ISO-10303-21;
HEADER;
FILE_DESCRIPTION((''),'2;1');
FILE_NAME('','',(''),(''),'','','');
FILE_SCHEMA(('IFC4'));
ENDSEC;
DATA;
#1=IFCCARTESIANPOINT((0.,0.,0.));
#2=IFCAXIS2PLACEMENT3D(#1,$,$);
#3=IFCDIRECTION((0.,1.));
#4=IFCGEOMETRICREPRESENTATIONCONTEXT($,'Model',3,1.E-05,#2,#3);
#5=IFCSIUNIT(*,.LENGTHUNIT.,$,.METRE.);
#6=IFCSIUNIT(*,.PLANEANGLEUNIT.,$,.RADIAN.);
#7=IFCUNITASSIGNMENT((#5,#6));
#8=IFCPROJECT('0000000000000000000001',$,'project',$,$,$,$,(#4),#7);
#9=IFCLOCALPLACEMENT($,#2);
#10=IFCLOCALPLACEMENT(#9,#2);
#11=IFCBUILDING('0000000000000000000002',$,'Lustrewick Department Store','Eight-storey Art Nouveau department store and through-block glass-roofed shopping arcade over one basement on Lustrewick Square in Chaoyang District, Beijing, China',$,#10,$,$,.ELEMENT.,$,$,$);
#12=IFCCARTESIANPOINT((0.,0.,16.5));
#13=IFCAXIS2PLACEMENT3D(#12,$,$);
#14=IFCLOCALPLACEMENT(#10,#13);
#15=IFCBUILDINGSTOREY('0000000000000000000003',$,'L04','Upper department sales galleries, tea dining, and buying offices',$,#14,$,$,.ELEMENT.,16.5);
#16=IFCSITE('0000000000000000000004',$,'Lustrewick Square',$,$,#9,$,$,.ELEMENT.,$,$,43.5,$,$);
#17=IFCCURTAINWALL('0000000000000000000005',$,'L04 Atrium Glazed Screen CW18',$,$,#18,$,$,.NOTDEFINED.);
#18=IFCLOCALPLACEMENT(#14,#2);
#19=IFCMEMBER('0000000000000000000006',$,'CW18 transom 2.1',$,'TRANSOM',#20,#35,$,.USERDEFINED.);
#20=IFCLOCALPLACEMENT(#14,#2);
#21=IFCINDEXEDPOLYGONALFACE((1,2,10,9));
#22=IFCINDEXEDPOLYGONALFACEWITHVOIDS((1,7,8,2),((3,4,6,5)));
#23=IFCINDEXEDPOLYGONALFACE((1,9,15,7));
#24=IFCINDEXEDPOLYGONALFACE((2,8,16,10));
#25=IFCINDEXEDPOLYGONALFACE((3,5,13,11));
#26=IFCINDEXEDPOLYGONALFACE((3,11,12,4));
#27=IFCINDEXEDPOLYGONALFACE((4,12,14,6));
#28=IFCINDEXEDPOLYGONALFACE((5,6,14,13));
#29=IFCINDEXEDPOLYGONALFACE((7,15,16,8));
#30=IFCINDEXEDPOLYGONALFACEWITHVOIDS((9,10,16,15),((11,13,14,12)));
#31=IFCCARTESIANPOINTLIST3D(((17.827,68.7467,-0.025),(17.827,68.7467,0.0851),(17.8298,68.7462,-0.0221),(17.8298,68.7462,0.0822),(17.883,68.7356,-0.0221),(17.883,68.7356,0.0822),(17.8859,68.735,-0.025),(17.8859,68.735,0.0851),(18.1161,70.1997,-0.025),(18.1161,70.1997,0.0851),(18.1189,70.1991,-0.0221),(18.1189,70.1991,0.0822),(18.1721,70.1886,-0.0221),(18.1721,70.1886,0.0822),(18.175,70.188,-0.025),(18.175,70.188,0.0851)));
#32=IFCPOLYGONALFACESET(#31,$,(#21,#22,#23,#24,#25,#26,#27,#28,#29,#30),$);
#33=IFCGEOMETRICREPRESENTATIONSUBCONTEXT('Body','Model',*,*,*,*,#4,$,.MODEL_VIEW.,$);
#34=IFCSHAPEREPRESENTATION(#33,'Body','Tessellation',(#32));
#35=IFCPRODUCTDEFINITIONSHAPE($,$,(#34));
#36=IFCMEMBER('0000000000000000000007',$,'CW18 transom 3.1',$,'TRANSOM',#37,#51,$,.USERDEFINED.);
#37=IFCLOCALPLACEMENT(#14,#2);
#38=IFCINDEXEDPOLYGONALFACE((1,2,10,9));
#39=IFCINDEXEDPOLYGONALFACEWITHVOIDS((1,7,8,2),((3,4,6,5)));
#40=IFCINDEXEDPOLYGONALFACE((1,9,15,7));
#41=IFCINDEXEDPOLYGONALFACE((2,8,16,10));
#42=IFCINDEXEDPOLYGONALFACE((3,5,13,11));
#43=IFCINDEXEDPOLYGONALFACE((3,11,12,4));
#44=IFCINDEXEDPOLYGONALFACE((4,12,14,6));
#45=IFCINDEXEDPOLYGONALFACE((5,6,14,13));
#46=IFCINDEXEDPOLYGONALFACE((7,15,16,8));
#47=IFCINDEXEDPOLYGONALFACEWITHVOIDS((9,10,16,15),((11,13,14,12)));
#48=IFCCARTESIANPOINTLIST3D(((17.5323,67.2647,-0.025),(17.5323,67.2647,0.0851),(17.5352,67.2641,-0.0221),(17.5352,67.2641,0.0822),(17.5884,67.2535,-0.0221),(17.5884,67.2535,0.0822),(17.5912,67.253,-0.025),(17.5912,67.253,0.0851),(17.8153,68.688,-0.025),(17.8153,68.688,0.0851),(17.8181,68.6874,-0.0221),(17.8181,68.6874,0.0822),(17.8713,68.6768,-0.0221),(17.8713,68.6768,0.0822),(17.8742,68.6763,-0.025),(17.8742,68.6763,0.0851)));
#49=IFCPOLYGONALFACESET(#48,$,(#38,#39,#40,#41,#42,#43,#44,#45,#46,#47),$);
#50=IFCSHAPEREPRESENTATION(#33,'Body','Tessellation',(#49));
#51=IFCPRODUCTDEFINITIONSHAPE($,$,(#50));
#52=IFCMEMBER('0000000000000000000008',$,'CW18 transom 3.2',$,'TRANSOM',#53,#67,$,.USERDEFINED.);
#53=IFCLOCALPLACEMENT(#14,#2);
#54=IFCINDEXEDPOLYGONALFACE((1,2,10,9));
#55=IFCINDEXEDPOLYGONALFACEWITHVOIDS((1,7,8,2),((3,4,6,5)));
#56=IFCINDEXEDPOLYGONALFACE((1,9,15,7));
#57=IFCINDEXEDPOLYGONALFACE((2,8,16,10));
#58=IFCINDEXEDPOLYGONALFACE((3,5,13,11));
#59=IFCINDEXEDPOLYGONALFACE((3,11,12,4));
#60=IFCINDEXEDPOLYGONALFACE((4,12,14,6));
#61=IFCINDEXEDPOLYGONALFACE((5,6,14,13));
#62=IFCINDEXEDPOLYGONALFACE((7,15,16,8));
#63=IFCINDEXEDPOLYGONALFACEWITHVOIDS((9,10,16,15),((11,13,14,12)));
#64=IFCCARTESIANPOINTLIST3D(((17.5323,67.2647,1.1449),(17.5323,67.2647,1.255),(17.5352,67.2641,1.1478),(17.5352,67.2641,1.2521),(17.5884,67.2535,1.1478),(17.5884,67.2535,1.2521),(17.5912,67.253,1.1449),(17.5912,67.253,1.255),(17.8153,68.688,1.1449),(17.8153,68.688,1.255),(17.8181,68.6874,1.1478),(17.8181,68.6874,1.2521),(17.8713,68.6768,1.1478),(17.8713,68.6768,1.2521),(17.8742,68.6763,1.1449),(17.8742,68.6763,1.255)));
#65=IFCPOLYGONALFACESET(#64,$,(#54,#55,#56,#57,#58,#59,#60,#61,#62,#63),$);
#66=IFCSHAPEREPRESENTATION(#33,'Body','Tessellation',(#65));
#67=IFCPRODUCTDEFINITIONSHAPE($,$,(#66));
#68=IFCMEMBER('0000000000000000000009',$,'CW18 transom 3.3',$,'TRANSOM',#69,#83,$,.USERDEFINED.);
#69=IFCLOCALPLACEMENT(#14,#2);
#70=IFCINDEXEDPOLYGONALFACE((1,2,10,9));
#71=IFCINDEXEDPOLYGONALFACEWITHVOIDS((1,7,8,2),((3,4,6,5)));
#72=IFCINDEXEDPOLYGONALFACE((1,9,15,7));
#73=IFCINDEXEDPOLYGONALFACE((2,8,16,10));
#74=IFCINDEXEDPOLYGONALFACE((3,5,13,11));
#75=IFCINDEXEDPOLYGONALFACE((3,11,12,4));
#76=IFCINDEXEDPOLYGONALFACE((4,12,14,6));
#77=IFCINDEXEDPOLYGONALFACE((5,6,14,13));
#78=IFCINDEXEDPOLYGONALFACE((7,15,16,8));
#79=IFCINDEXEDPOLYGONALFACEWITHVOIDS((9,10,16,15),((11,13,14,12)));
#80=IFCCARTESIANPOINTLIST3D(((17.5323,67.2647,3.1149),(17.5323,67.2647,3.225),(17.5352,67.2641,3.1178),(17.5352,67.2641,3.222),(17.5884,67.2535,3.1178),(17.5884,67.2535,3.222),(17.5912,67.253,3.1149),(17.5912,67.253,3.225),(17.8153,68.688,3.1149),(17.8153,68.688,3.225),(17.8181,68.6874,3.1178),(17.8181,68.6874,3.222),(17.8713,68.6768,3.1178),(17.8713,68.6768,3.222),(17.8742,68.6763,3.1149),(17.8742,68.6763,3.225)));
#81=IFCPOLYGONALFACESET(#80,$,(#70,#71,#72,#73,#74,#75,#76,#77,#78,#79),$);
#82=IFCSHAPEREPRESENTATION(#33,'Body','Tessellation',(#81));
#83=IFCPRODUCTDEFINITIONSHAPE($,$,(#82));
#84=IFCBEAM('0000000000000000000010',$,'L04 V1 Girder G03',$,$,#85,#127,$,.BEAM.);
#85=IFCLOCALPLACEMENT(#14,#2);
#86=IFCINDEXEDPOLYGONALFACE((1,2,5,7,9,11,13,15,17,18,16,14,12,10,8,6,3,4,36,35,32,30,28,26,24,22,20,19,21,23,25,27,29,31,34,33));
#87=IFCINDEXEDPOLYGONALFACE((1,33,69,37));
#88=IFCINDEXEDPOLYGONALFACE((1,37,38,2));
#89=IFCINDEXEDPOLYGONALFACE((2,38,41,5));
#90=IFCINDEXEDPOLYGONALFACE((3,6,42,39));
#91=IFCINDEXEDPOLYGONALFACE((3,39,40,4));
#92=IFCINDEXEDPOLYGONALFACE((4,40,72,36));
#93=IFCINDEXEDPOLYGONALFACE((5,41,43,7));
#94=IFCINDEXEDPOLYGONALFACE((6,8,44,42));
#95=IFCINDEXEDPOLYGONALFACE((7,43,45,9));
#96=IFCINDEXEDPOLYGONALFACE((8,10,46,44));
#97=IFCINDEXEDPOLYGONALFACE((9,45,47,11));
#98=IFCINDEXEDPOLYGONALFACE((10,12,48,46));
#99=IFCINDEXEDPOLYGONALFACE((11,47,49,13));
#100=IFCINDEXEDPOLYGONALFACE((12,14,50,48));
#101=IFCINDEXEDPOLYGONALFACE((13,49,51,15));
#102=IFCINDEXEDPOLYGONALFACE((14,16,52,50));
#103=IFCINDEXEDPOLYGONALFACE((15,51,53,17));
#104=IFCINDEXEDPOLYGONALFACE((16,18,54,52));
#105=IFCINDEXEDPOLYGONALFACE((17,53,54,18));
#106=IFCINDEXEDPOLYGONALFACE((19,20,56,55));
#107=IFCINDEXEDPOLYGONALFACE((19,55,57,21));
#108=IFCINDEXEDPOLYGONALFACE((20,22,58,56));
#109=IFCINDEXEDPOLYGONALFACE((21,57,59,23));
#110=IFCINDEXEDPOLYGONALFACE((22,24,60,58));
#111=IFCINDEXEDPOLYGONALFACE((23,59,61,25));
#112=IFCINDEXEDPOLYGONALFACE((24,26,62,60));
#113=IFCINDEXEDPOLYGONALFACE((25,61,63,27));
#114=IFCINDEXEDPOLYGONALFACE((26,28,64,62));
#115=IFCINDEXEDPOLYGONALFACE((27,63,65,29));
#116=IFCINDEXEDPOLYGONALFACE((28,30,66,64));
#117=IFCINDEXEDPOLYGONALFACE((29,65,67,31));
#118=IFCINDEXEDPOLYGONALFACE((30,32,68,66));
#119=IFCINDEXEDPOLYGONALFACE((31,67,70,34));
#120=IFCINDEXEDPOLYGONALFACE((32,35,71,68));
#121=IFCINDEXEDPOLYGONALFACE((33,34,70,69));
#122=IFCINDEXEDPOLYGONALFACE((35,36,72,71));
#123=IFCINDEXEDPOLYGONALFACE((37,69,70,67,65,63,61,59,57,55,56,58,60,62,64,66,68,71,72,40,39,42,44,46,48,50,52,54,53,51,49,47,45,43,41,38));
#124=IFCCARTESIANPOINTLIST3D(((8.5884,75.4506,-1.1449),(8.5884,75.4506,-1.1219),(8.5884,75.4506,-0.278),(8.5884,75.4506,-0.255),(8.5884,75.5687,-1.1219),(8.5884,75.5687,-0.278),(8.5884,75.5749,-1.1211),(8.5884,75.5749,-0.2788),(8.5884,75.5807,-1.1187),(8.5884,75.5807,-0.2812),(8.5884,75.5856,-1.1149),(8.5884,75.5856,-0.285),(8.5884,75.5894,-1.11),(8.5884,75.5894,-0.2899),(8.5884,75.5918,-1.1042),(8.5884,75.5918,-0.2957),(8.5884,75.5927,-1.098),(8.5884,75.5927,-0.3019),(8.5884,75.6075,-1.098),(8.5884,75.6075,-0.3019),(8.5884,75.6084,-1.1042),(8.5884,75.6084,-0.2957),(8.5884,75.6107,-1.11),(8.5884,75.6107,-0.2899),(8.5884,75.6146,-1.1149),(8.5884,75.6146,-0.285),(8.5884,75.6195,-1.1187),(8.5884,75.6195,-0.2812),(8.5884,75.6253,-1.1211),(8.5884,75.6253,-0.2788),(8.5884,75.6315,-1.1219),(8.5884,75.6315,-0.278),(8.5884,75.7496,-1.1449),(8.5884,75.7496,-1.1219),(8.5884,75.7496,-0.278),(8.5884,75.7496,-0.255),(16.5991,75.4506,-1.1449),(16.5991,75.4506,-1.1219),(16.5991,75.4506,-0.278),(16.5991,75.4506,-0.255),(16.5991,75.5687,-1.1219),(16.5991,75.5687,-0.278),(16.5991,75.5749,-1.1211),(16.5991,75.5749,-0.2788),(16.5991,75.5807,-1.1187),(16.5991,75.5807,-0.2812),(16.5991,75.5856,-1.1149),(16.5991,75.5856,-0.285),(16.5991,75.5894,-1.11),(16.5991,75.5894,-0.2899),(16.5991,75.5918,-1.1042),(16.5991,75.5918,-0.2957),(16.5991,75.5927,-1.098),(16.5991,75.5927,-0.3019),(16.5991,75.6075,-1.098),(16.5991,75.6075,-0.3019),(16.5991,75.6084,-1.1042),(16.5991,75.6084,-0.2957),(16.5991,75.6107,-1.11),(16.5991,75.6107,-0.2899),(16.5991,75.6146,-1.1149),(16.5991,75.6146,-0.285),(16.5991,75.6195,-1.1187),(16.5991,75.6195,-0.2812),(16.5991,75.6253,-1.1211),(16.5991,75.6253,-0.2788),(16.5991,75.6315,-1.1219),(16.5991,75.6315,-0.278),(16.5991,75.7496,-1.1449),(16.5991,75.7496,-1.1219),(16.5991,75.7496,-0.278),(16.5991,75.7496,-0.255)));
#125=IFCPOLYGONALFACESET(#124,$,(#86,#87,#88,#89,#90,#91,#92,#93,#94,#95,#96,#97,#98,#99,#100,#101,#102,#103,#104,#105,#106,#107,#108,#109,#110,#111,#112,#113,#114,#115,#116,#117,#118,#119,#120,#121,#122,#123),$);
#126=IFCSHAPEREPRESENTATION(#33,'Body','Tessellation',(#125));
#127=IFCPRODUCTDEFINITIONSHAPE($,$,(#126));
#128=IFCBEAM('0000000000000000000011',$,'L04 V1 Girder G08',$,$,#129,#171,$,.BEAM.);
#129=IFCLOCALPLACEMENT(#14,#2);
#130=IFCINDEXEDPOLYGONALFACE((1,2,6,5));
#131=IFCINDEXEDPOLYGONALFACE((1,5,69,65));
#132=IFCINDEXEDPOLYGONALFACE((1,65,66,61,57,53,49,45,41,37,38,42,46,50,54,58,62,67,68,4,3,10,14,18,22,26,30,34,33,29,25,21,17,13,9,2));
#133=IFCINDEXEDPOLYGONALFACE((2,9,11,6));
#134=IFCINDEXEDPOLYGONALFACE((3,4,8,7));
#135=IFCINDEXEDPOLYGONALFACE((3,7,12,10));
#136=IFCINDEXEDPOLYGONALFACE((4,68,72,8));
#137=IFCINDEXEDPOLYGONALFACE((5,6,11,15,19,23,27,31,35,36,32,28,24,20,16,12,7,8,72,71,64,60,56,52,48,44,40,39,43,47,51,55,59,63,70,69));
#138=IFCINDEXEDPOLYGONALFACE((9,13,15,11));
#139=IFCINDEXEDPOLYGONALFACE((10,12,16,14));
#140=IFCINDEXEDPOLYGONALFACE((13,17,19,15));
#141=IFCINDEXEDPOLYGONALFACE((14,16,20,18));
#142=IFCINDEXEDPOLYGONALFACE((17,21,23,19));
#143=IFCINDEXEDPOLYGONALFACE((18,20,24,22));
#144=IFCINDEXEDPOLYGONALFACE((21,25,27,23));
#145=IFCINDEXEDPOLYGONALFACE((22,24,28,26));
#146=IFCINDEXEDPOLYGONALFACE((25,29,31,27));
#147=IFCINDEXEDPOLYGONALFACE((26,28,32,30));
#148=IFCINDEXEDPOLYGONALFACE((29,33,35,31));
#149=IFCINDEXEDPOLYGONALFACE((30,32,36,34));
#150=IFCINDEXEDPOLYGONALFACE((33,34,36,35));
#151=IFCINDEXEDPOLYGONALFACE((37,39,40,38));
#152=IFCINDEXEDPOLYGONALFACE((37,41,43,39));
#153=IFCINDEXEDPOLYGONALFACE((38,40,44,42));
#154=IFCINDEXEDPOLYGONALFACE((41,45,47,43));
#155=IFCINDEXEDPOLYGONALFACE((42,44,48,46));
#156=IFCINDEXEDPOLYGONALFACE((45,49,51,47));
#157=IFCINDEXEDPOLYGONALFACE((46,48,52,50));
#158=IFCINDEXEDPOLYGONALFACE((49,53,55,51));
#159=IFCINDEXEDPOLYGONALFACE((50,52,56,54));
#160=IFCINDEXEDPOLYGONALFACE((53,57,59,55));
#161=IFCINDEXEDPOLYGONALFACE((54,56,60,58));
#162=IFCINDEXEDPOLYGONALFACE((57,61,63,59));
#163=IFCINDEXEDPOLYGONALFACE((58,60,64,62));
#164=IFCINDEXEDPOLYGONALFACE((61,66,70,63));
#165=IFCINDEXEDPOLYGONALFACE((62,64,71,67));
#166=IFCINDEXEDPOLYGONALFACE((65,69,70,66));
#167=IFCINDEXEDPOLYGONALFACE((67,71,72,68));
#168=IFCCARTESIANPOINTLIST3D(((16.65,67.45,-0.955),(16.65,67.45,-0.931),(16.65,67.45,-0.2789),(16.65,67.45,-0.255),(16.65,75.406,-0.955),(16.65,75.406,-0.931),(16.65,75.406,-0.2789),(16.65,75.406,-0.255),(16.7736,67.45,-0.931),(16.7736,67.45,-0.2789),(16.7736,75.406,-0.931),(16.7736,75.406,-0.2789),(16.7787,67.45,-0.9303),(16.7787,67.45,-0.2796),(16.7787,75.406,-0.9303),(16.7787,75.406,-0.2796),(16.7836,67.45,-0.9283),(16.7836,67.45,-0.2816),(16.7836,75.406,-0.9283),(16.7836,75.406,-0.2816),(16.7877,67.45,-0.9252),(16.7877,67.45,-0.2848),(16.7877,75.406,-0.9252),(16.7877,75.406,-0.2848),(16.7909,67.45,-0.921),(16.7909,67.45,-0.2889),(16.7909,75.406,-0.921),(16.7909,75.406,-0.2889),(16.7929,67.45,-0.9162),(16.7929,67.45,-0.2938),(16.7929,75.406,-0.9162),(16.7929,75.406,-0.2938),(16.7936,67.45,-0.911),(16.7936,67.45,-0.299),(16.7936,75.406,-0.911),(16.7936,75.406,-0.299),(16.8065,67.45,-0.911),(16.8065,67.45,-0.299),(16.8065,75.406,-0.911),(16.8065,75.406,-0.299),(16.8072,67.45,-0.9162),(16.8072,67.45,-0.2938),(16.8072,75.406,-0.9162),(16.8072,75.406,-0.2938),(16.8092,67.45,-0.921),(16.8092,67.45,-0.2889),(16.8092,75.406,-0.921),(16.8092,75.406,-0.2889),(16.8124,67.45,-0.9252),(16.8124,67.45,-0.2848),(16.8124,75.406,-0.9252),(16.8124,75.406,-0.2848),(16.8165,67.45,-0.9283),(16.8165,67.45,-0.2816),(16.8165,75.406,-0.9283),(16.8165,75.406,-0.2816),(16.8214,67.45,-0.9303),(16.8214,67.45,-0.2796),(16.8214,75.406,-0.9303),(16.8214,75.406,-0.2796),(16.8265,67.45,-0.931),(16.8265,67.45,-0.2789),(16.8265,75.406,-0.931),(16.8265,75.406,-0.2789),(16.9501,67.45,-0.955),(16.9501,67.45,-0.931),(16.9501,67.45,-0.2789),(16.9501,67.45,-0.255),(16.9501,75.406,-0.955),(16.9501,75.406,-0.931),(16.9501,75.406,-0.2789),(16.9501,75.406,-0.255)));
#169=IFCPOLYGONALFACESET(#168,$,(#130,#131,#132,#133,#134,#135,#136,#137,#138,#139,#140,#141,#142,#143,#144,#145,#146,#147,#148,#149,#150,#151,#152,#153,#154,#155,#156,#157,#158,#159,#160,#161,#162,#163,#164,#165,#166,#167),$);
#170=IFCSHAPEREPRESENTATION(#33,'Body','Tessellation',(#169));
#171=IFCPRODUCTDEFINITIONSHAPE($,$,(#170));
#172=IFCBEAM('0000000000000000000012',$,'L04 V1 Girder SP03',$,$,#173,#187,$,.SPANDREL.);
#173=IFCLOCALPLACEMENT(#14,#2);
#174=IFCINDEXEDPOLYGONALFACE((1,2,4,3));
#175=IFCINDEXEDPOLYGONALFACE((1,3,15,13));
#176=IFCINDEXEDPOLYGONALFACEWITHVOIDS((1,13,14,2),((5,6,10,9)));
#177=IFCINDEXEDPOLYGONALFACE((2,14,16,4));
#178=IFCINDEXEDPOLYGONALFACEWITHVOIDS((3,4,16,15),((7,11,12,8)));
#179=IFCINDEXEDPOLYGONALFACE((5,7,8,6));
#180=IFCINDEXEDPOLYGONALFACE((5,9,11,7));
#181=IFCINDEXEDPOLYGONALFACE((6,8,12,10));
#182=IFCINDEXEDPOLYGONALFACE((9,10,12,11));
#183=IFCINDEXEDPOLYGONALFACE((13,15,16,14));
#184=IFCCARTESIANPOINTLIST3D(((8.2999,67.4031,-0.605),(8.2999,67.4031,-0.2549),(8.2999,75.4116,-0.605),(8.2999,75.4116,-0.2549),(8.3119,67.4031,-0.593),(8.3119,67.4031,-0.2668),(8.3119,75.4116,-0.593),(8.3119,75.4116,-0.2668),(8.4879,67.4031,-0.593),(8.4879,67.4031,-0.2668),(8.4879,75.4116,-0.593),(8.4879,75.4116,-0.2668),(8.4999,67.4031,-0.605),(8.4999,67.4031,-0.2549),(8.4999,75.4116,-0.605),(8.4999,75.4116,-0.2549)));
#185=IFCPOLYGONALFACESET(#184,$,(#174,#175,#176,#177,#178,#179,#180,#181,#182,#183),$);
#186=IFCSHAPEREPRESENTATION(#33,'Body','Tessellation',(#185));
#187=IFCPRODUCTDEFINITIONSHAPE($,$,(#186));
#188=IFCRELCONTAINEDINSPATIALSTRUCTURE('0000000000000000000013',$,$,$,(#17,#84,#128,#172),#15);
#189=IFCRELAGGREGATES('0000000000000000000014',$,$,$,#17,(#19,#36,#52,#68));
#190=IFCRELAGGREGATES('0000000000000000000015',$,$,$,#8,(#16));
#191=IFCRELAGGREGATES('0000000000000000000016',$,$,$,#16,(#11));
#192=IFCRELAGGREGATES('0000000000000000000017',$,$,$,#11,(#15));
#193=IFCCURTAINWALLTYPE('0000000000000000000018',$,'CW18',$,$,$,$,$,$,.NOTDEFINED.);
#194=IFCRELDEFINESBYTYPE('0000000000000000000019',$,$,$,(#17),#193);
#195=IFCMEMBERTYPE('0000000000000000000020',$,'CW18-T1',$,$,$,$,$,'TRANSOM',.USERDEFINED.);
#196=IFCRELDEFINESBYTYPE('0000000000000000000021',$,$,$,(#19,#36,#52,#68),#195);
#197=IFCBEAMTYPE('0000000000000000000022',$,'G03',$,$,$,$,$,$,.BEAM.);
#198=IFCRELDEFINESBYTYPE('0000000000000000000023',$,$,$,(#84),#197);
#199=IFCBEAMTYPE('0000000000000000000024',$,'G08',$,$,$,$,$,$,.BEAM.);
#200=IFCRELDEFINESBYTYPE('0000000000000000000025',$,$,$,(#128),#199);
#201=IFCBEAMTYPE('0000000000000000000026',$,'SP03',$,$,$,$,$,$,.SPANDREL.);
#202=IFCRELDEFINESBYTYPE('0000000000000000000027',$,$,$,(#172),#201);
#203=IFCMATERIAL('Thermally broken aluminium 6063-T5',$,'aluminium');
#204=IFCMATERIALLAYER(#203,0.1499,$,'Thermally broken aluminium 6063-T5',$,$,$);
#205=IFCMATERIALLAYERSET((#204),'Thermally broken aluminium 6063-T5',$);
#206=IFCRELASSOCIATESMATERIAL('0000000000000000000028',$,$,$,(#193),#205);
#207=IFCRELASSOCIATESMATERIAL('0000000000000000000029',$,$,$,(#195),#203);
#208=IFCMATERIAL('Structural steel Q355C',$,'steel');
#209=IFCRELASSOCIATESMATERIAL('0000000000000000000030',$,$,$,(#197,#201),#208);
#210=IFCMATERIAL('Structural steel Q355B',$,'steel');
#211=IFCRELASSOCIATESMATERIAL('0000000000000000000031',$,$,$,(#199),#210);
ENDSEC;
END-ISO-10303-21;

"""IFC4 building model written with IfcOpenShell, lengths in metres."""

from ifc_helpers import new_model, si_unit, direction, frame, origin, origin_2d, place, context, subcontext, project, spatial, hollow_rectangle, i_section, extrude, material, layer, layer_set, material_profile, profile_set, type_object, element, aggregate, save


model = new_model("IFC4")

# Units and contexts
model_context = context("Model", 3, precision=1e-05, world=origin(), true_north=direction((0.0, 1.0)))
body_context = subcontext(model_context, "Body", "Model", "MODEL_VIEW")
ifc_project = project(units=[si_unit("LENGTHUNIT", "METRE"), si_unit("PLANEANGLEUNIT", "RADIAN")], contexts=[model_context])

# Site, building, storey
site_placement = place(None, origin())
site = spatial("IfcSite", under=ifc_project, at=site_placement, Name="Lustrewick Square", CompositionType="ELEMENT", RefElevation=43.5)
building_placement = place(site_placement, origin())
building = spatial("IfcBuilding", under=site, at=building_placement, Name="Lustrewick Department Store", Description="Eight-storey Art Nouveau department store and through-block glass-roofed shopping arcade over one basement on Lustrewick Square in Chaoyang District, Beijing, China", CompositionType="ELEMENT")
storey_placement = place(building_placement, frame((0.0, 0.0, 16.5)))
storey = spatial("IfcBuildingStorey", under=building, at=storey_placement, Name="L04", Description="Upper department sales galleries, tea dining, and buying offices", CompositionType="ELEMENT", Elevation=16.5)

# Shared definitions
ifc_material_1 = material(Name="Structural steel Q355B", Category="steel")

# Curtain wall, members
ifc_material_2 = material(Name="Thermally broken aluminium 6063-T5", Category="aluminium")
ifc_layer_1 = layer(ifc_material_2, 0.1499, Name="Thermally broken aluminium 6063-T5")
ifc_layer_set_1 = layer_set([ifc_layer_1], Name="Thermally broken aluminium 6063-T5")
curtain_wall_type = type_object("IfcCurtainWallType", Name="CW18", PredefinedType="NOTDEFINED", material=ifc_layer_set_1)
curtain_wall_placement = place(storey_placement, origin())
curtain_wall = element("IfcCurtainWall", 1, at=curtain_wall_placement, inside=storey, type_object=curtain_wall_type, Name="L04 Atrium Glazed Screen CW18", PredefinedType="NOTDEFINED")
ifc_material_profile_1 = material_profile(ifc_material_2, hollow_rectangle(XDim=0.0601, YDim=0.1101, WallThickness=0.0029, at=origin_2d()), Name="ALU-T 60x110x3")
ifc_profile_set_1 = profile_set([ifc_material_profile_1], Name="Thermally broken aluminium 6063-T5")
member_type_1 = type_object("IfcMemberType", Name="CW18-T1", ElementType="TRANSOM", PredefinedType="USERDEFINED", material=ifc_profile_set_1)
member_1_placement = place(storey_placement, frame((18.1455, 70.1938, 0.03), z_axis=(-0.195134, -0.980777, 0.0), x_axis=(0.980777, -0.195134, 0.0)))
member_1 = element("IfcMember", 2, at=member_1_placement, type_object=member_type_1, Name="CW18 transom 2.1", ObjectType="TRANSOM", PredefinedType="USERDEFINED", context=body_context, shape_type="SweptSolid", body=[
    extrude(hollow_rectangle(XDim=0.0601, YDim=0.1101, WallThickness=0.0029, at=origin_2d()), origin(), (0.0, 0.0, 1.0), 1.4814),
])
member_2_placement = place(storey_placement, frame((17.8447, 68.6821, 0.03), z_axis=(-0.194984, -0.980806, 0.0), x_axis=(0.980806, -0.194984, 0.0)))
member_2 = element("IfcMember", 3, at=member_2_placement, type_object=member_type_1, Name="CW18 transom 3.1", ObjectType="TRANSOM", PredefinedType="USERDEFINED", context=body_context, shape_type="SweptSolid", body=[
    extrude(hollow_rectangle(XDim=0.0601, YDim=0.1101, WallThickness=0.0029, at=origin_2d()), origin(), (0.0, 0.0, 1.0), 1.4512),
])
member_3_placement = place(storey_placement, frame((17.8447, 68.6821, 1.2), z_axis=(-0.194984, -0.980806, 0.0), x_axis=(0.980806, -0.194984, 0.0)))
member_3 = element("IfcMember", 4, at=member_3_placement, type_object=member_type_1, Name="CW18 transom 3.2", ObjectType="TRANSOM", PredefinedType="USERDEFINED", context=body_context, shape_type="SweptSolid", body=[
    extrude(hollow_rectangle(XDim=0.0601, YDim=0.1101, WallThickness=0.0029, at=origin_2d()), origin(), (0.0, 0.0, 1.0), 1.4512),
])
member_4_placement = place(storey_placement, frame((17.8447, 68.6821, 3.1699), z_axis=(-0.194984, -0.980806, 0.0), x_axis=(0.980806, -0.194984, 0.0)))
member_4 = element("IfcMember", 5, at=member_4_placement, type_object=member_type_1, Name="CW18 transom 3.3", ObjectType="TRANSOM", PredefinedType="USERDEFINED", context=body_context, shape_type="SweptSolid", body=[
    extrude(hollow_rectangle(XDim=0.0601, YDim=0.1101, WallThickness=0.0029, at=origin_2d()), origin(), (0.0, 0.0, 1.0), 1.4512),
])

# Beams
ifc_material_3 = material(Name="Structural steel Q355C", Category="steel")
ifc_material_profile_2 = material_profile(ifc_material_3, i_section(OverallWidth=0.2991, OverallDepth=0.8899, WebThickness=0.0149, FlangeThickness=0.0229, FilletRadius=0.0239, at=origin_2d()), Name="HN 890x299x15x23")
ifc_profile_set_2 = profile_set([ifc_material_profile_2], Name="Structural steel Q355C")
beam_type_1 = type_object("IfcBeamType", Name="G03", PredefinedType="BEAM", material=ifc_profile_set_2)
beam_1_placement = place(storey_placement, frame((8.5884, 75.6001, -0.7), z_axis=(1.0, 0.0, 0.0), x_axis=(0.0, 1.0, 0.0)))
element("IfcBeam", 6, at=beam_1_placement, inside=storey, type_object=beam_type_1, Name="L04 V1 Girder G03", PredefinedType="BEAM", context=body_context, shape_type="SweptSolid", body=[
    extrude(i_section(OverallWidth=0.2991, OverallDepth=0.8899, WebThickness=0.0149, FlangeThickness=0.0229, FilletRadius=0.0239, at=origin_2d()), origin(), (0.0, 0.0, 1.0), 8.0107),
])
ifc_material_profile_3 = material_profile(ifc_material_1, i_section(OverallWidth=0.3, OverallDepth=0.7, WebThickness=0.0129, FlangeThickness=0.0239, FilletRadius=0.02, at=origin_2d()), Name="HN 700x300x13x24")
ifc_profile_set_3 = profile_set([ifc_material_profile_3], Name="Structural steel Q355B")
beam_type_2 = type_object("IfcBeamType", Name="G08", PredefinedType="BEAM", material=ifc_profile_set_3)
beam_2_placement = place(storey_placement, frame((16.8, 67.45, -0.605), z_axis=(0.0, 1.0, 0.0), x_axis=(-1.0, 0.0, 0.0)))
element("IfcBeam", 7, at=beam_2_placement, inside=storey, type_object=beam_type_2, Name="L04 V1 Girder G08", PredefinedType="BEAM", context=body_context, shape_type="SweptSolid", body=[
    extrude(i_section(OverallWidth=0.3, OverallDepth=0.7, WebThickness=0.0129, FlangeThickness=0.0239, FilletRadius=0.02, at=origin_2d()), origin(), (0.0, 0.0, 1.0), 7.9561),
])
ifc_material_profile_4 = material_profile(ifc_material_3, hollow_rectangle(XDim=0.2, YDim=0.3501, WallThickness=0.012, at=origin_2d()), Name="RHS 350x200x12")
ifc_profile_set_4 = profile_set([ifc_material_profile_4], Name="Structural steel Q355C")
beam_type_3 = type_object("IfcBeamType", Name="SP03", PredefinedType="SPANDREL", material=ifc_profile_set_4)
for number, where, z_axis, x_axis, name in (
    (8, (8.3999, 67.4031, -0.4299), (0.0, 1.0, 0.0), (-1.0, 0.0, 0.0), "L04 V1 Girder SP03"),
):
    element("IfcBeam", number, at=place(storey_placement, frame(where, z_axis=z_axis, x_axis=x_axis)), inside=storey, type_object=beam_type_3, Name=name, PredefinedType="SPANDREL", context=body_context, shape_type="SweptSolid", body=[
        extrude(hollow_rectangle(XDim=0.2, YDim=0.3501, WallThickness=0.012, at=origin_2d()), origin(), (0.0, 0.0, 1.0), 8.0085),
    ])

aggregate(curtain_wall, [member_1, member_2, member_3, member_4])

save(model, "model.ifc")
